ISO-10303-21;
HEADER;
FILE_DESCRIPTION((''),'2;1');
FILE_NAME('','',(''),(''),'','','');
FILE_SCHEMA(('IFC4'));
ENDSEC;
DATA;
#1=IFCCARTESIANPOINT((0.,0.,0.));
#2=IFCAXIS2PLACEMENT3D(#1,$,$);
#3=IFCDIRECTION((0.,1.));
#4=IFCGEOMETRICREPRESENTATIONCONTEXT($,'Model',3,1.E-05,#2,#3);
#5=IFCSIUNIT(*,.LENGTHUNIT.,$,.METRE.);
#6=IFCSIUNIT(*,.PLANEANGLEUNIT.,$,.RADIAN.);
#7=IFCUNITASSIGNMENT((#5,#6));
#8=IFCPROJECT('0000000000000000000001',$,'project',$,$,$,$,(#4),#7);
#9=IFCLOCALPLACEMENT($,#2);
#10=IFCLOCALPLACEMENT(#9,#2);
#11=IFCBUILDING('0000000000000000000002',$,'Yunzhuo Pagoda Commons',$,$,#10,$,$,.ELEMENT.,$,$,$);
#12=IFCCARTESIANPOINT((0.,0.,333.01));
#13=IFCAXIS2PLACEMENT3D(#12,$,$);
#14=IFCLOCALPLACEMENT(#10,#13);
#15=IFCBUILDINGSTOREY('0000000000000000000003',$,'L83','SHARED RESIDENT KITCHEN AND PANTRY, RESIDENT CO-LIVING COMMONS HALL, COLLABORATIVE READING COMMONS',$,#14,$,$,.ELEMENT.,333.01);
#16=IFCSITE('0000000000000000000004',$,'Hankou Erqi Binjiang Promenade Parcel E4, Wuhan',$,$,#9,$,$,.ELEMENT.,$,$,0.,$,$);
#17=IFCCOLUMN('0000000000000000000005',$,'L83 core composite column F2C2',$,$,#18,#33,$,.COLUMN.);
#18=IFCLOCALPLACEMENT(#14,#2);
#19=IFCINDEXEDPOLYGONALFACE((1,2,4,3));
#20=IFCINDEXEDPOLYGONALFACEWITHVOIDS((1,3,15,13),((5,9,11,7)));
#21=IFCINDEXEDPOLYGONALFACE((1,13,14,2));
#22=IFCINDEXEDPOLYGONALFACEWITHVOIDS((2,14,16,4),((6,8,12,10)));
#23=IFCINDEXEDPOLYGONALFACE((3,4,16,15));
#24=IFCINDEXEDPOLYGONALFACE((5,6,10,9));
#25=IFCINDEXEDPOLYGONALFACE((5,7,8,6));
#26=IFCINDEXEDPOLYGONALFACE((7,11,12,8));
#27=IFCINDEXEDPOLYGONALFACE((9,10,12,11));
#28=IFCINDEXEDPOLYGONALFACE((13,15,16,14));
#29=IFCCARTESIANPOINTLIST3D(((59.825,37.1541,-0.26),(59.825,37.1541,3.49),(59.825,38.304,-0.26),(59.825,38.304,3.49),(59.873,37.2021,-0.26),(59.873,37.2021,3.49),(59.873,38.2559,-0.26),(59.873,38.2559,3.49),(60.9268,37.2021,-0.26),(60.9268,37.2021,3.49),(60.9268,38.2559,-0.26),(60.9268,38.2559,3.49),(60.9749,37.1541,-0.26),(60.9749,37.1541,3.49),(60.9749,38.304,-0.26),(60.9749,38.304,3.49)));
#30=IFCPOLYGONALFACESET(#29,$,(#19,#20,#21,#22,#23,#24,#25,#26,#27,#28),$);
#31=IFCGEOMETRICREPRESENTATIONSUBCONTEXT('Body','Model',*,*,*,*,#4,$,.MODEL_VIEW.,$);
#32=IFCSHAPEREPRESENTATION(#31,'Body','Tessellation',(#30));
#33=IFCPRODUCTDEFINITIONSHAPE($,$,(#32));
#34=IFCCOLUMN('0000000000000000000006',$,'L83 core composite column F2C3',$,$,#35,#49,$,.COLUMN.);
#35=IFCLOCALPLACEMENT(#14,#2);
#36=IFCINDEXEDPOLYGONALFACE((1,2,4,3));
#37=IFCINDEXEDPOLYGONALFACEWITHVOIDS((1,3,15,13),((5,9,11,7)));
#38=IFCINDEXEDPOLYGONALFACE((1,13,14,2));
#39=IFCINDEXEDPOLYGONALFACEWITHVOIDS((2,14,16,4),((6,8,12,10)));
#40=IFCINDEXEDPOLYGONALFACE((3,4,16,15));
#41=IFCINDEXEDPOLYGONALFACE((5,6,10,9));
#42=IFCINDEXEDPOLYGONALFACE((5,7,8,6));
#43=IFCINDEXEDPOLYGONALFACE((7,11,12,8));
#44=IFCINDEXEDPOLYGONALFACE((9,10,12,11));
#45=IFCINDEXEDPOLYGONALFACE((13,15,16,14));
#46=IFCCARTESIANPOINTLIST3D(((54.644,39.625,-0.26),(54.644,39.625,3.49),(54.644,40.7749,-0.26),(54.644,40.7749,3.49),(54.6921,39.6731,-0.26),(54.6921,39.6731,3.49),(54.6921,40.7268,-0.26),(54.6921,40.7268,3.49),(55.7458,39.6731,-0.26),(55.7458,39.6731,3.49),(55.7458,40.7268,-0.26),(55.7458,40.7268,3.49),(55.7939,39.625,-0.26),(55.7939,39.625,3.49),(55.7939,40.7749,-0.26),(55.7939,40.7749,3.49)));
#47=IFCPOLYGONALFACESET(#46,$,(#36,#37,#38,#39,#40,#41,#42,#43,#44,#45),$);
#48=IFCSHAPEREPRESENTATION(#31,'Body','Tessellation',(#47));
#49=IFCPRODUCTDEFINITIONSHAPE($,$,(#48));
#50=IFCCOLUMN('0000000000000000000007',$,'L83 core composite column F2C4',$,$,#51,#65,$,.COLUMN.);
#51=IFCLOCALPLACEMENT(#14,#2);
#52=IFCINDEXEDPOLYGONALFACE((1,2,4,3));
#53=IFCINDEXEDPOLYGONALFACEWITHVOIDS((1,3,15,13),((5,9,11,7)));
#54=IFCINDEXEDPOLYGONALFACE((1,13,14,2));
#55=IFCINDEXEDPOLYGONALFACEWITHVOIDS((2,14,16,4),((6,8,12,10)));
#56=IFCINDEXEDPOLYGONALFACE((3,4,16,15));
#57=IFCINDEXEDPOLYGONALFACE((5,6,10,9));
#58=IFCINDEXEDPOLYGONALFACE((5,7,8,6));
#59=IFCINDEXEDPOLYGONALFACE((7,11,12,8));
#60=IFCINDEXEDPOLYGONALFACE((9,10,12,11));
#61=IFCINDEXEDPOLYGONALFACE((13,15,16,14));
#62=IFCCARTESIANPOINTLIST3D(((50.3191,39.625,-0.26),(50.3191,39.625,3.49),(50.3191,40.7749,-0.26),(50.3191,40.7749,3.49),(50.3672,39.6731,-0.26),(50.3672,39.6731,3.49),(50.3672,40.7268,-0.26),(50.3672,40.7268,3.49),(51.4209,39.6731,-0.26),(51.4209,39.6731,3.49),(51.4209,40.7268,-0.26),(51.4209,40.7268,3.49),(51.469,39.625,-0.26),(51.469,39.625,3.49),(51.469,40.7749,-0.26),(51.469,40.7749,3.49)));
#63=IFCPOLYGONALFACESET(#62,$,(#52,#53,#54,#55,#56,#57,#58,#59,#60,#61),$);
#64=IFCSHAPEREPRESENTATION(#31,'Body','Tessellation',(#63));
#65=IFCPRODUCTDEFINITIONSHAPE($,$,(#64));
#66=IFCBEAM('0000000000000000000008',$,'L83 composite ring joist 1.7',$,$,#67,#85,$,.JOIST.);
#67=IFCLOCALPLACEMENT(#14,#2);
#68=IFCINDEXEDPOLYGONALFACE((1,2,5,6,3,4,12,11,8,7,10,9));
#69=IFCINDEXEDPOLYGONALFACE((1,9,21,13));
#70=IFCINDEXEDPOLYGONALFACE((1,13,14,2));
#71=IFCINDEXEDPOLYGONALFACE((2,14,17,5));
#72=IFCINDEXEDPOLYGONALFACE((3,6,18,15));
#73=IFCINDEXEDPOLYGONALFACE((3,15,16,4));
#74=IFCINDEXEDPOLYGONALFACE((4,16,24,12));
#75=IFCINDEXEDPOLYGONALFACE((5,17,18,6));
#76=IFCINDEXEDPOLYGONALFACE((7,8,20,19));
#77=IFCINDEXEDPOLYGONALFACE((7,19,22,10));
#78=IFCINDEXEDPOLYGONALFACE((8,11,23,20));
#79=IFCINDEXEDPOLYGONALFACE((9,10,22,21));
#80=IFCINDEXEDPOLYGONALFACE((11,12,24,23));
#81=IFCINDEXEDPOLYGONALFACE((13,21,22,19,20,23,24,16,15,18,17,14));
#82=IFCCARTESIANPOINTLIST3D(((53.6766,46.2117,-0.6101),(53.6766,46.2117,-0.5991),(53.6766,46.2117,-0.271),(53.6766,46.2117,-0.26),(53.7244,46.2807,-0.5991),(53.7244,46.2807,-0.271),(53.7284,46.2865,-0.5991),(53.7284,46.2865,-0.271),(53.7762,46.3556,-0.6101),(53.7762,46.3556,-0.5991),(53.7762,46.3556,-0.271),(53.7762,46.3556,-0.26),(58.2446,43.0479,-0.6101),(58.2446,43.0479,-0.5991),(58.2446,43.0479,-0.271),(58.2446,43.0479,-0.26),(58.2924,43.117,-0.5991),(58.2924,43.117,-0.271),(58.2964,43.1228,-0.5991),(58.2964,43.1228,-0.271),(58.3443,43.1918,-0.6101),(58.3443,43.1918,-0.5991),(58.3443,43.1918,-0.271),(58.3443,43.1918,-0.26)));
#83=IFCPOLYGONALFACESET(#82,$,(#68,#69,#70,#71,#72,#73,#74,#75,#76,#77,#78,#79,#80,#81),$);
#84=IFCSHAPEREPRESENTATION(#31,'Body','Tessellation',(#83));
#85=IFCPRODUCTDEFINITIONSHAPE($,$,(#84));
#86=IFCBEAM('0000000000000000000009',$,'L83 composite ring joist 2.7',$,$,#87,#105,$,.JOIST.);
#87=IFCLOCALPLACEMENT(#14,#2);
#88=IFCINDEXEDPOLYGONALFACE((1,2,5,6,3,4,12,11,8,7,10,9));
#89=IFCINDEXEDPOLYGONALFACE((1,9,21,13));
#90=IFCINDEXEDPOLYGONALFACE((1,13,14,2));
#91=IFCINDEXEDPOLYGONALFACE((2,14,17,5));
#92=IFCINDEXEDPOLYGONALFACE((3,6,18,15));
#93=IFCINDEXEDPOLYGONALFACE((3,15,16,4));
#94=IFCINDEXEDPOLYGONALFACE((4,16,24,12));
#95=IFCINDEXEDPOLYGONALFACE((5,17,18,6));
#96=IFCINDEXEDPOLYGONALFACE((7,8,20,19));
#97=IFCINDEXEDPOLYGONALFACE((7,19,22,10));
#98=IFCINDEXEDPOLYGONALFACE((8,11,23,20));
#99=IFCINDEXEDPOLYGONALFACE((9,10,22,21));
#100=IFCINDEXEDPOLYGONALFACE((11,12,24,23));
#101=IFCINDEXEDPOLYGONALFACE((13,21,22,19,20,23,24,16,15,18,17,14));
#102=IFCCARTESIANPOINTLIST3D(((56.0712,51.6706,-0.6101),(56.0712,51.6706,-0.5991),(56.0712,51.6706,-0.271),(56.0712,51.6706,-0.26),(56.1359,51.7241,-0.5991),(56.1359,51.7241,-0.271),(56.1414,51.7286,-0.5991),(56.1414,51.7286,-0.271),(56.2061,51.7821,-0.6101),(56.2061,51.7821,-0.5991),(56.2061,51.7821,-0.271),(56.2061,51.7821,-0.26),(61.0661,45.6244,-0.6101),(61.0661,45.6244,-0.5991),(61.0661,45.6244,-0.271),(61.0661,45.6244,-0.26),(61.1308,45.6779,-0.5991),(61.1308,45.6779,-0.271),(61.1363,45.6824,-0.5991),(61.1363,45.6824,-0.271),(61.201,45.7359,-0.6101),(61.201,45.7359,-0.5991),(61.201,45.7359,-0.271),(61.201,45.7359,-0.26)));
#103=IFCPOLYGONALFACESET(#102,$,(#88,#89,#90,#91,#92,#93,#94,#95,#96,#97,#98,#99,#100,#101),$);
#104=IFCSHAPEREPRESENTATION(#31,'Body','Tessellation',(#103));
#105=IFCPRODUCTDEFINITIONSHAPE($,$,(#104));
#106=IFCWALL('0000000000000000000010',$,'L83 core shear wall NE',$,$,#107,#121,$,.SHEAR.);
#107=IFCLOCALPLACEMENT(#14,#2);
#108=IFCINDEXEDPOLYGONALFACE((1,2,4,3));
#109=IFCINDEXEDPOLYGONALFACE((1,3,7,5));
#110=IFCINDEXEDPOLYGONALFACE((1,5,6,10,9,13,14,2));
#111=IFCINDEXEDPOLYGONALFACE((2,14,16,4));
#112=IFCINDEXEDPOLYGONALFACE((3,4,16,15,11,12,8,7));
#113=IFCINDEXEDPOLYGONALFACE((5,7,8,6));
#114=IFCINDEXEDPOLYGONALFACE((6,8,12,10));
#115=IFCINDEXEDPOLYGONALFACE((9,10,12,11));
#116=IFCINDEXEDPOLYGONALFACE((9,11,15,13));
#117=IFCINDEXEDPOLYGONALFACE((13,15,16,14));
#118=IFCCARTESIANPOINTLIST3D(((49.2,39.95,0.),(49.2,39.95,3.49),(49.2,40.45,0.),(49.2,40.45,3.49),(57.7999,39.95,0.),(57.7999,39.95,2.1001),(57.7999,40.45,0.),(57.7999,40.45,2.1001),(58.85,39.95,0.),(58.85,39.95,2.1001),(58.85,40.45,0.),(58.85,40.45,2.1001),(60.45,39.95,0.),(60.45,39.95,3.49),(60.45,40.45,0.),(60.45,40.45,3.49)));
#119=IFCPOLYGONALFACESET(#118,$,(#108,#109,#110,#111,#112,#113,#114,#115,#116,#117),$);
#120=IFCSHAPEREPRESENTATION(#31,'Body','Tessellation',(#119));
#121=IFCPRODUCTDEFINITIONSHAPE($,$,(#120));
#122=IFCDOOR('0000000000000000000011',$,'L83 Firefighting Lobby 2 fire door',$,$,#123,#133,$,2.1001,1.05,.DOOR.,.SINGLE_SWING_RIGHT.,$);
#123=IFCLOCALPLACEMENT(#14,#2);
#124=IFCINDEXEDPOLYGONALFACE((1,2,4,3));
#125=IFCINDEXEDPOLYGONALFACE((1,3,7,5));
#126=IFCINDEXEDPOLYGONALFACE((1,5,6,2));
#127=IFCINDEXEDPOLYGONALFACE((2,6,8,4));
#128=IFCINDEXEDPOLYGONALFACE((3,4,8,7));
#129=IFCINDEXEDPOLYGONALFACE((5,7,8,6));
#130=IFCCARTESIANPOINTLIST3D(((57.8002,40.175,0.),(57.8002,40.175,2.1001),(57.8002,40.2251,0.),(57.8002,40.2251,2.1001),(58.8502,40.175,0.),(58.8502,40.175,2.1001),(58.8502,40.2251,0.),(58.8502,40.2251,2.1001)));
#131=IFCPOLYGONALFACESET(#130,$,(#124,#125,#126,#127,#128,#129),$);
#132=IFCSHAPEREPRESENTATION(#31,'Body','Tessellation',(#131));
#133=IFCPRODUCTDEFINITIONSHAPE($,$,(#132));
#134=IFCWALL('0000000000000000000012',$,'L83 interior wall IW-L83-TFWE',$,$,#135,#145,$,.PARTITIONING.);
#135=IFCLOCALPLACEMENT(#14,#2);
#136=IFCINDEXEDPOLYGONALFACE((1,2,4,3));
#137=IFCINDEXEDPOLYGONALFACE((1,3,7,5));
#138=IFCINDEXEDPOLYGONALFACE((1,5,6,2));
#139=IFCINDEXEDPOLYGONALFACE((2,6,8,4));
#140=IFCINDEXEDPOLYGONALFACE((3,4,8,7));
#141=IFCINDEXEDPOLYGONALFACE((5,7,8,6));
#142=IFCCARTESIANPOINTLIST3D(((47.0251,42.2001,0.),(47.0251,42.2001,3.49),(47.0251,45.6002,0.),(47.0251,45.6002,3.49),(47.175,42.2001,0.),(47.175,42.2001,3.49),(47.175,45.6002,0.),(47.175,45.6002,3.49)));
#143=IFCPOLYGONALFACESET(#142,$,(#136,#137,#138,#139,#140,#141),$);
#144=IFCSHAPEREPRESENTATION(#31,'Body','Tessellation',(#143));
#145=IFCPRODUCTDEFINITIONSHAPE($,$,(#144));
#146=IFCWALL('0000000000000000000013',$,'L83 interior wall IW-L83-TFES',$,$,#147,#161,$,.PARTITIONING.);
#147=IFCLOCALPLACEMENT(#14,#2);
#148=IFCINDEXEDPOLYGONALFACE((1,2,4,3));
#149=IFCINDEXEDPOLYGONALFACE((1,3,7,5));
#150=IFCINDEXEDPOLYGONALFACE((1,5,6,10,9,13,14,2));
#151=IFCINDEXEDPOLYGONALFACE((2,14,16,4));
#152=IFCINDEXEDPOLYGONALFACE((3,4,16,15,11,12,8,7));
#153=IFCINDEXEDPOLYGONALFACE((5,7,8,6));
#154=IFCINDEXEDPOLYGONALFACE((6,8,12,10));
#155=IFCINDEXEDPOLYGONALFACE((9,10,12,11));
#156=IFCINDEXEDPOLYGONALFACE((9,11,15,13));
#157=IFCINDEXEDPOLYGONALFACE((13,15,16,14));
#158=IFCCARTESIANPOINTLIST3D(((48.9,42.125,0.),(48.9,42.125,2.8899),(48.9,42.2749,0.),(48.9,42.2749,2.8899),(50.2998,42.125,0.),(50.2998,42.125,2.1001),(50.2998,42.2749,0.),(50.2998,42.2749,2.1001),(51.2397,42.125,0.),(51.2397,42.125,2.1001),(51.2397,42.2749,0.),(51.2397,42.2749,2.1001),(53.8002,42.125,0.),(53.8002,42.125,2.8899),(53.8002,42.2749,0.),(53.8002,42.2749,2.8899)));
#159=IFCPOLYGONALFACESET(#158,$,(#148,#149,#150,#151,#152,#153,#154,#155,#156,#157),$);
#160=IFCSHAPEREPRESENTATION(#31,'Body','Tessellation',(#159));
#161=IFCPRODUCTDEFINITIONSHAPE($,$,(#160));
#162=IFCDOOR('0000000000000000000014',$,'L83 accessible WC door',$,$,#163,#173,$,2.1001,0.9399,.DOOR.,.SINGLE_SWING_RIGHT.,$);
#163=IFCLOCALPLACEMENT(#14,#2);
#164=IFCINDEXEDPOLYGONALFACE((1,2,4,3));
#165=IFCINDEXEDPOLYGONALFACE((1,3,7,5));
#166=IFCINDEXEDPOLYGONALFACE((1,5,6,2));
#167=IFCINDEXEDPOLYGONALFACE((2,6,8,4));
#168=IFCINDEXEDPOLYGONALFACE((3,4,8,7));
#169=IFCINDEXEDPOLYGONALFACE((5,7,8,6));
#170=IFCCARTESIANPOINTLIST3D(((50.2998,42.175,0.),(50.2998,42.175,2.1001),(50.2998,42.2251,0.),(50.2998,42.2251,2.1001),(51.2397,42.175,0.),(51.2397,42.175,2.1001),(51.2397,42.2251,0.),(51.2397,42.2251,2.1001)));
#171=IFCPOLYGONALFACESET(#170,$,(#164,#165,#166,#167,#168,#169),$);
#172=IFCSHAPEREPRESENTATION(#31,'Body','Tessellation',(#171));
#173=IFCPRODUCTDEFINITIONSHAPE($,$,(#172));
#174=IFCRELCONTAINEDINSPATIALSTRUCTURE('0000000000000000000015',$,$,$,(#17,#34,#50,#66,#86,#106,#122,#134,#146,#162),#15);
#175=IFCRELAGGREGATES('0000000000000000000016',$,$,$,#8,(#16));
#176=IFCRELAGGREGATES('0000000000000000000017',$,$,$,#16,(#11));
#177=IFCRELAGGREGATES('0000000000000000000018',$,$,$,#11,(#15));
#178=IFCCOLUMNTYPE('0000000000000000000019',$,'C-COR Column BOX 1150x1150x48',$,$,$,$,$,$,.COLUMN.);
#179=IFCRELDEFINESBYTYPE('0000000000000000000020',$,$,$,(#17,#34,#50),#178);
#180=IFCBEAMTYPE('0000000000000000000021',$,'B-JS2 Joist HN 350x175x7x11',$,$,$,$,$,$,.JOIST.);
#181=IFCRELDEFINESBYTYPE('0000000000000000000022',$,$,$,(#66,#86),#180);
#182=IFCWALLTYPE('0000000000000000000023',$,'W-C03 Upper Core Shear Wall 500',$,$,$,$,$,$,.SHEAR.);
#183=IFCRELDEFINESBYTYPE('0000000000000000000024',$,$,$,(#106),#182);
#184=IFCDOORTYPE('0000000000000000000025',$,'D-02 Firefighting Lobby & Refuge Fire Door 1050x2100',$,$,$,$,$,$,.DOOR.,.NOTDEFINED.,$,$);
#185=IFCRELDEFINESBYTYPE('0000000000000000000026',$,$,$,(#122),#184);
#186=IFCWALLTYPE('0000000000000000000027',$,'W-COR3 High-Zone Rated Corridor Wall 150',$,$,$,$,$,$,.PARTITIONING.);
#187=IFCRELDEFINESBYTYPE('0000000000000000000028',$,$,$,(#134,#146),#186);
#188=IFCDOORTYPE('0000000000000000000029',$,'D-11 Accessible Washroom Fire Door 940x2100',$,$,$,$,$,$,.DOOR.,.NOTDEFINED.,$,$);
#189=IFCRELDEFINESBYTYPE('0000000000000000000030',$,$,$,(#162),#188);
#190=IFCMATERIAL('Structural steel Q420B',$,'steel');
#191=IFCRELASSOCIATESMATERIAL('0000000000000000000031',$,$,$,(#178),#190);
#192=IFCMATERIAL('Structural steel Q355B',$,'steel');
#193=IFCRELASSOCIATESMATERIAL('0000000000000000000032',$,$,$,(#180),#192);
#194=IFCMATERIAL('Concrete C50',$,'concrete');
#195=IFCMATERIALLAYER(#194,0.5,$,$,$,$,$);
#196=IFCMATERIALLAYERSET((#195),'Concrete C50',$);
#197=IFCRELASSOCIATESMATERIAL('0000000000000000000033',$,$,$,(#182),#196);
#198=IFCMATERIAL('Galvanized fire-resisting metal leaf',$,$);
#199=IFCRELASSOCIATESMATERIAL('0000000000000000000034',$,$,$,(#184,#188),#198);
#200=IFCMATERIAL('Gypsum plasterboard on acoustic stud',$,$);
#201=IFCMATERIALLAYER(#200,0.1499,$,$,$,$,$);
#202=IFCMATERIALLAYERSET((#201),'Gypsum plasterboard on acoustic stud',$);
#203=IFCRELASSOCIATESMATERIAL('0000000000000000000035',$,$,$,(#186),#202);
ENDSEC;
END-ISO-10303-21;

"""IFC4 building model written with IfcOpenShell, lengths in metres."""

from ifc_helpers import new_model, si_unit, direction, frame, frame_2d, origin, origin_2d, place, context, subcontext, project, spatial, rectangle, hollow_rectangle, i_section, extrude, source, transform, mapped, material, layer, layer_set, material_profile, profile_set, type_object, element, fill, save


model = new_model("IFC4")

# Units and contexts
model_context = context("Model", 3, precision=1e-05, world=origin(), true_north=direction((0.0, 1.0)))
body_context = subcontext(model_context, "Body", "Model", "MODEL_VIEW")
ifc_project = project(units=[si_unit("LENGTHUNIT", "METRE"), si_unit("PLANEANGLEUNIT", "RADIAN")], contexts=[model_context])

# Site, building, storey
site_placement = place(None, origin())
site = spatial("IfcSite", under=ifc_project, at=site_placement, Name="Hankou Erqi Binjiang Promenade Parcel E4, Wuhan", CompositionType="ELEMENT", RefElevation=0.0)
building_placement = place(site_placement, origin())
building = spatial("IfcBuilding", under=site, at=building_placement, Name="Yunzhuo Pagoda Commons", CompositionType="ELEMENT")
storey_placement = place(building_placement, frame((0.0, 0.0, 333.01)))
storey = spatial("IfcBuildingStorey", under=building, at=storey_placement, Name="L83", Description="SHARED RESIDENT KITCHEN AND PANTRY, RESIDENT CO-LIVING COMMONS HALL, COLLABORATIVE READING COMMONS", CompositionType="ELEMENT", Elevation=333.01)

# Columns
ifc_material_1 = material(Name="Structural steel Q420B", Category="steel")
ifc_material_profile_1 = material_profile(ifc_material_1, hollow_rectangle(XDim=1.1499, YDim=1.1499, WallThickness=0.0481, at=origin_2d()), Name="Structural steel Q420B")
ifc_profile_set_1 = profile_set([ifc_material_profile_1], Name="Structural steel Q420B")
column_type = type_object("IfcColumnType", Name="C-COR Column BOX 1150x1150x48", PredefinedType="COLUMN", material=ifc_profile_set_1)
shared_shape_1 = source(origin(), body_context, "Body", "SweptSolid", [
    extrude(hollow_rectangle(XDim=1.1499, YDim=1.1499, WallThickness=0.0481, at=origin_2d()), origin(), (0.0, 0.0, 1.0), 3.75),
])
for number, where, z_axis, x_axis, name in (
    (1, (60.3999, 37.729, -0.26), (0.0, 0.0, 1.0), (1.0, 0.0, 0.0), "L83 core composite column F2C2"),
    (2, (55.219, 40.2, -0.26), (0.0, 0.0, 1.0), (1.0, 0.0, 0.0), "L83 core composite column F2C3"),
    (3, (50.894, 40.2, -0.26), (0.0, 0.0, 1.0), (1.0, 0.0, 0.0), "L83 core composite column F2C4"),
):
    element("IfcColumn", number, at=place(storey_placement, frame(where, z_axis=z_axis, x_axis=x_axis)), inside=storey, type_object=column_type, Name=name, PredefinedType="COLUMN", context=body_context, shape_type="MappedRepresentation", body=[
        mapped(shared_shape_1, transform((0.0, 0.0, 0.0), scale=1.0)),
    ])

# Beams
ifc_material_2 = material(Name="Structural steel Q355B", Category="steel")
ifc_material_profile_2 = material_profile(ifc_material_2, i_section(OverallWidth=0.175, OverallDepth=0.3501, WebThickness=0.0071, FlangeThickness=0.011, at=origin_2d()), Name="Structural steel Q355B")
ifc_profile_set_2 = profile_set([ifc_material_profile_2], Name="Structural steel Q355B")
beam_type = type_object("IfcBeamType", Name="B-JS2 Joist HN 350x175x7x11", PredefinedType="JOIST", material=ifc_profile_set_2)
shared_shape_2 = source(origin(), body_context, "Body", "SweptSolid", [
    extrude(i_section(OverallWidth=0.175, OverallDepth=0.3501, WebThickness=0.0071, FlangeThickness=0.011, at=origin_2d()), origin(), (0.0, 0.0, 1.0), 5.5566),
])
beam_1_placement = place(storey_placement, frame((58.2944, 43.1199, -0.4351), z_axis=(-0.822085, 0.569365, 0.0), x_axis=(-0.569365, -0.822085, 0.0)))
element("IfcBeam", 4, at=beam_1_placement, inside=storey, type_object=beam_type, Name="L83 composite ring joist 1.7", PredefinedType="JOIST", context=body_context, shape_type="MappedRepresentation", body=[
    mapped(shared_shape_2, transform((0.0, 0.0, 0.0), scale=1.0)),
])
shared_shape_3 = source(origin(), body_context, "Body", "SweptSolid", [
    extrude(i_section(OverallWidth=0.175, OverallDepth=0.3501, WebThickness=0.0071, FlangeThickness=0.011, at=origin_2d()), origin(), (0.0, 0.0, 1.0), 7.8425),
])
beam_2_placement = place(storey_placement, frame((61.1335, 45.6802, -0.4351), z_axis=(-0.636899, 0.770947, 0.0), x_axis=(-0.770947, -0.636899, 0.0)))
element("IfcBeam", 5, at=beam_2_placement, inside=storey, type_object=beam_type, Name="L83 composite ring joist 2.7", PredefinedType="JOIST", context=body_context, shape_type="MappedRepresentation", body=[
    mapped(shared_shape_3, transform((0.0, 0.0, 0.0), scale=1.0)),
])

# Wall, opening, door
ifc_material_3 = material(Name="Concrete C50", Category="concrete")
ifc_layer_1 = layer(ifc_material_3, 0.5)
ifc_layer_set_1 = layer_set([ifc_layer_1], Name="Concrete C50")
wall_type_1 = type_object("IfcWallType", Name="W-C03 Upper Core Shear Wall 500", PredefinedType="SHEAR", material=ifc_layer_set_1)
wall_1_placement = place(storey_placement, frame((49.2, 40.2, 0.0), z_axis=(0.0, 0.0, 1.0), x_axis=(1.0, 0.0, 0.0)))
wall_1 = element("IfcWall", 6, at=wall_1_placement, inside=storey, type_object=wall_type_1, Name="L83 core shear wall NE", PredefinedType="SHEAR", context=body_context, shape_type="SweptSolid", body=[
    extrude(rectangle(XDim=11.25, YDim=0.5, at=frame_2d((5.625, 0.0))), origin(), (0.0, 0.0, 1.0), 3.49),
])
opening_1_placement = place(wall_1_placement, frame((8.6001, 0.0, 0.0)))
opening_1 = element("IfcOpeningElement", 7, at=opening_1_placement, cuts=wall_1, PredefinedType="OPENING", context=body_context, shape_type="SweptSolid", body=[
    extrude(rectangle(XDim=1.05, YDim=2.1001, at=frame_2d((0.5249, 1.05))), frame((0.0, 0.26, 0.0), z_axis=(0.0, -1.0, 0.0), x_axis=(1.0, 0.0, 0.0)), (0.0, 0.0, 1.0), 0.52),
])
ifc_material_4 = material(Name="Galvanized fire-resisting metal leaf")
door_type_1 = type_object("IfcDoorType", Name="D-02 Firefighting Lobby & Refuge Fire Door 1050x2100", OperationType="NOTDEFINED", PredefinedType="DOOR", material=ifc_material_4)
shared_shape_4 = source(origin(), body_context, "Body", "SweptSolid", [
    extrude(rectangle(XDim=1.05, YDim=2.1001, at=frame_2d((0.5249, 1.05))), frame((0.0, 0.0249, 0.0), z_axis=(0.0, -1.0, 0.0), x_axis=(1.0, 0.0, 0.0)), (0.0, 0.0, 1.0), 0.05),
])
door_1_placement = place(opening_1_placement, frame((1.05, 0.0, 0.0), z_axis=(0.0, 0.0, 1.0), x_axis=(-1.0, 0.0, 0.0)))
door_1 = element("IfcDoor", 8, at=door_1_placement, inside=storey, type_object=door_type_1, Name="L83 Firefighting Lobby 2 fire door", OperationType="SINGLE_SWING_RIGHT", OverallHeight=2.1001, OverallWidth=1.05, PredefinedType="DOOR", context=body_context, shape_type="MappedRepresentation", body=[
    mapped(shared_shape_4, transform((0.0, 0.0, 0.0), scale=1.0)),
])
fill(opening_1, door_1)

# Wall
ifc_material_5 = material(Name="Gypsum plasterboard on acoustic stud")
ifc_layer_2 = layer(ifc_material_5, 0.1499)
ifc_layer_set_2 = layer_set([ifc_layer_2], Name="Gypsum plasterboard on acoustic stud")
wall_type_2 = type_object("IfcWallType", Name="W-COR3 High-Zone Rated Corridor Wall 150", PredefinedType="PARTITIONING", material=ifc_layer_set_2)
wall_2_placement = place(storey_placement, frame((47.1001, 42.2, 0.0), z_axis=(0.0, 0.0, 1.0), x_axis=(0.0, 1.0, 0.0)))
element("IfcWall", 9, at=wall_2_placement, inside=storey, type_object=wall_type_2, Name="L83 interior wall IW-L83-TFWE", PredefinedType="PARTITIONING", context=body_context, shape_type="SweptSolid", body=[
    extrude(rectangle(XDim=3.4001, YDim=0.1499, at=frame_2d((1.7002, 0.0))), origin(), (0.0, 0.0, 1.0), 3.49),
])

# Wall, opening, door
wall_3_placement = place(storey_placement, frame((48.8999, 42.2, 0.0), z_axis=(0.0, 0.0, 1.0), x_axis=(1.0, 0.0, 0.0)))
wall_3 = element("IfcWall", 10, at=wall_3_placement, inside=storey, type_object=wall_type_2, Name="L83 interior wall IW-L83-TFES", PredefinedType="PARTITIONING", context=body_context, shape_type="SweptSolid", body=[
    extrude(rectangle(XDim=4.9001, YDim=0.1499, at=frame_2d((2.4502, 0.0))), origin(), (0.0, 0.0, 1.0), 2.8899),
])
opening_2_placement = place(wall_3_placement, frame((1.3999, 0.0, 0.0)))
opening_2 = element("IfcOpeningElement", 11, at=opening_2_placement, cuts=wall_3, PredefinedType="OPENING", context=body_context, shape_type="SweptSolid", body=[
    extrude(rectangle(XDim=0.9399, YDim=2.1001, at=frame_2d((0.47, 1.05))), frame((0.0, 0.085, 0.0), z_axis=(0.0, -1.0, 0.0), x_axis=(1.0, 0.0, 0.0)), (0.0, 0.0, 1.0), 0.1699),
])
door_type_2 = type_object("IfcDoorType", Name="D-11 Accessible Washroom Fire Door 940x2100", OperationType="NOTDEFINED", PredefinedType="DOOR", material=ifc_material_4)
shared_shape_5 = source(origin(), body_context, "Body", "SweptSolid", [
    extrude(rectangle(XDim=0.9399, YDim=2.1001, at=frame_2d((0.47, 1.05))), frame((0.0, 0.0249, 0.0), z_axis=(0.0, -1.0, 0.0), x_axis=(1.0, 0.0, 0.0)), (0.0, 0.0, 1.0), 0.05),
])
door_2_placement = place(opening_2_placement, frame((0.9399, 0.0, 0.0), z_axis=(0.0, 0.0, 1.0), x_axis=(-1.0, 0.0, 0.0)))
door_2 = element("IfcDoor", 12, at=door_2_placement, inside=storey, type_object=door_type_2, Name="L83 accessible WC door", OperationType="SINGLE_SWING_RIGHT", OverallHeight=2.1001, OverallWidth=0.9399, PredefinedType="DOOR", context=body_context, shape_type="MappedRepresentation", body=[
    mapped(shared_shape_5, transform((0.0, 0.0, 0.0), scale=1.0)),
])
fill(opening_2, door_2)

save(model, "model.ifc")
